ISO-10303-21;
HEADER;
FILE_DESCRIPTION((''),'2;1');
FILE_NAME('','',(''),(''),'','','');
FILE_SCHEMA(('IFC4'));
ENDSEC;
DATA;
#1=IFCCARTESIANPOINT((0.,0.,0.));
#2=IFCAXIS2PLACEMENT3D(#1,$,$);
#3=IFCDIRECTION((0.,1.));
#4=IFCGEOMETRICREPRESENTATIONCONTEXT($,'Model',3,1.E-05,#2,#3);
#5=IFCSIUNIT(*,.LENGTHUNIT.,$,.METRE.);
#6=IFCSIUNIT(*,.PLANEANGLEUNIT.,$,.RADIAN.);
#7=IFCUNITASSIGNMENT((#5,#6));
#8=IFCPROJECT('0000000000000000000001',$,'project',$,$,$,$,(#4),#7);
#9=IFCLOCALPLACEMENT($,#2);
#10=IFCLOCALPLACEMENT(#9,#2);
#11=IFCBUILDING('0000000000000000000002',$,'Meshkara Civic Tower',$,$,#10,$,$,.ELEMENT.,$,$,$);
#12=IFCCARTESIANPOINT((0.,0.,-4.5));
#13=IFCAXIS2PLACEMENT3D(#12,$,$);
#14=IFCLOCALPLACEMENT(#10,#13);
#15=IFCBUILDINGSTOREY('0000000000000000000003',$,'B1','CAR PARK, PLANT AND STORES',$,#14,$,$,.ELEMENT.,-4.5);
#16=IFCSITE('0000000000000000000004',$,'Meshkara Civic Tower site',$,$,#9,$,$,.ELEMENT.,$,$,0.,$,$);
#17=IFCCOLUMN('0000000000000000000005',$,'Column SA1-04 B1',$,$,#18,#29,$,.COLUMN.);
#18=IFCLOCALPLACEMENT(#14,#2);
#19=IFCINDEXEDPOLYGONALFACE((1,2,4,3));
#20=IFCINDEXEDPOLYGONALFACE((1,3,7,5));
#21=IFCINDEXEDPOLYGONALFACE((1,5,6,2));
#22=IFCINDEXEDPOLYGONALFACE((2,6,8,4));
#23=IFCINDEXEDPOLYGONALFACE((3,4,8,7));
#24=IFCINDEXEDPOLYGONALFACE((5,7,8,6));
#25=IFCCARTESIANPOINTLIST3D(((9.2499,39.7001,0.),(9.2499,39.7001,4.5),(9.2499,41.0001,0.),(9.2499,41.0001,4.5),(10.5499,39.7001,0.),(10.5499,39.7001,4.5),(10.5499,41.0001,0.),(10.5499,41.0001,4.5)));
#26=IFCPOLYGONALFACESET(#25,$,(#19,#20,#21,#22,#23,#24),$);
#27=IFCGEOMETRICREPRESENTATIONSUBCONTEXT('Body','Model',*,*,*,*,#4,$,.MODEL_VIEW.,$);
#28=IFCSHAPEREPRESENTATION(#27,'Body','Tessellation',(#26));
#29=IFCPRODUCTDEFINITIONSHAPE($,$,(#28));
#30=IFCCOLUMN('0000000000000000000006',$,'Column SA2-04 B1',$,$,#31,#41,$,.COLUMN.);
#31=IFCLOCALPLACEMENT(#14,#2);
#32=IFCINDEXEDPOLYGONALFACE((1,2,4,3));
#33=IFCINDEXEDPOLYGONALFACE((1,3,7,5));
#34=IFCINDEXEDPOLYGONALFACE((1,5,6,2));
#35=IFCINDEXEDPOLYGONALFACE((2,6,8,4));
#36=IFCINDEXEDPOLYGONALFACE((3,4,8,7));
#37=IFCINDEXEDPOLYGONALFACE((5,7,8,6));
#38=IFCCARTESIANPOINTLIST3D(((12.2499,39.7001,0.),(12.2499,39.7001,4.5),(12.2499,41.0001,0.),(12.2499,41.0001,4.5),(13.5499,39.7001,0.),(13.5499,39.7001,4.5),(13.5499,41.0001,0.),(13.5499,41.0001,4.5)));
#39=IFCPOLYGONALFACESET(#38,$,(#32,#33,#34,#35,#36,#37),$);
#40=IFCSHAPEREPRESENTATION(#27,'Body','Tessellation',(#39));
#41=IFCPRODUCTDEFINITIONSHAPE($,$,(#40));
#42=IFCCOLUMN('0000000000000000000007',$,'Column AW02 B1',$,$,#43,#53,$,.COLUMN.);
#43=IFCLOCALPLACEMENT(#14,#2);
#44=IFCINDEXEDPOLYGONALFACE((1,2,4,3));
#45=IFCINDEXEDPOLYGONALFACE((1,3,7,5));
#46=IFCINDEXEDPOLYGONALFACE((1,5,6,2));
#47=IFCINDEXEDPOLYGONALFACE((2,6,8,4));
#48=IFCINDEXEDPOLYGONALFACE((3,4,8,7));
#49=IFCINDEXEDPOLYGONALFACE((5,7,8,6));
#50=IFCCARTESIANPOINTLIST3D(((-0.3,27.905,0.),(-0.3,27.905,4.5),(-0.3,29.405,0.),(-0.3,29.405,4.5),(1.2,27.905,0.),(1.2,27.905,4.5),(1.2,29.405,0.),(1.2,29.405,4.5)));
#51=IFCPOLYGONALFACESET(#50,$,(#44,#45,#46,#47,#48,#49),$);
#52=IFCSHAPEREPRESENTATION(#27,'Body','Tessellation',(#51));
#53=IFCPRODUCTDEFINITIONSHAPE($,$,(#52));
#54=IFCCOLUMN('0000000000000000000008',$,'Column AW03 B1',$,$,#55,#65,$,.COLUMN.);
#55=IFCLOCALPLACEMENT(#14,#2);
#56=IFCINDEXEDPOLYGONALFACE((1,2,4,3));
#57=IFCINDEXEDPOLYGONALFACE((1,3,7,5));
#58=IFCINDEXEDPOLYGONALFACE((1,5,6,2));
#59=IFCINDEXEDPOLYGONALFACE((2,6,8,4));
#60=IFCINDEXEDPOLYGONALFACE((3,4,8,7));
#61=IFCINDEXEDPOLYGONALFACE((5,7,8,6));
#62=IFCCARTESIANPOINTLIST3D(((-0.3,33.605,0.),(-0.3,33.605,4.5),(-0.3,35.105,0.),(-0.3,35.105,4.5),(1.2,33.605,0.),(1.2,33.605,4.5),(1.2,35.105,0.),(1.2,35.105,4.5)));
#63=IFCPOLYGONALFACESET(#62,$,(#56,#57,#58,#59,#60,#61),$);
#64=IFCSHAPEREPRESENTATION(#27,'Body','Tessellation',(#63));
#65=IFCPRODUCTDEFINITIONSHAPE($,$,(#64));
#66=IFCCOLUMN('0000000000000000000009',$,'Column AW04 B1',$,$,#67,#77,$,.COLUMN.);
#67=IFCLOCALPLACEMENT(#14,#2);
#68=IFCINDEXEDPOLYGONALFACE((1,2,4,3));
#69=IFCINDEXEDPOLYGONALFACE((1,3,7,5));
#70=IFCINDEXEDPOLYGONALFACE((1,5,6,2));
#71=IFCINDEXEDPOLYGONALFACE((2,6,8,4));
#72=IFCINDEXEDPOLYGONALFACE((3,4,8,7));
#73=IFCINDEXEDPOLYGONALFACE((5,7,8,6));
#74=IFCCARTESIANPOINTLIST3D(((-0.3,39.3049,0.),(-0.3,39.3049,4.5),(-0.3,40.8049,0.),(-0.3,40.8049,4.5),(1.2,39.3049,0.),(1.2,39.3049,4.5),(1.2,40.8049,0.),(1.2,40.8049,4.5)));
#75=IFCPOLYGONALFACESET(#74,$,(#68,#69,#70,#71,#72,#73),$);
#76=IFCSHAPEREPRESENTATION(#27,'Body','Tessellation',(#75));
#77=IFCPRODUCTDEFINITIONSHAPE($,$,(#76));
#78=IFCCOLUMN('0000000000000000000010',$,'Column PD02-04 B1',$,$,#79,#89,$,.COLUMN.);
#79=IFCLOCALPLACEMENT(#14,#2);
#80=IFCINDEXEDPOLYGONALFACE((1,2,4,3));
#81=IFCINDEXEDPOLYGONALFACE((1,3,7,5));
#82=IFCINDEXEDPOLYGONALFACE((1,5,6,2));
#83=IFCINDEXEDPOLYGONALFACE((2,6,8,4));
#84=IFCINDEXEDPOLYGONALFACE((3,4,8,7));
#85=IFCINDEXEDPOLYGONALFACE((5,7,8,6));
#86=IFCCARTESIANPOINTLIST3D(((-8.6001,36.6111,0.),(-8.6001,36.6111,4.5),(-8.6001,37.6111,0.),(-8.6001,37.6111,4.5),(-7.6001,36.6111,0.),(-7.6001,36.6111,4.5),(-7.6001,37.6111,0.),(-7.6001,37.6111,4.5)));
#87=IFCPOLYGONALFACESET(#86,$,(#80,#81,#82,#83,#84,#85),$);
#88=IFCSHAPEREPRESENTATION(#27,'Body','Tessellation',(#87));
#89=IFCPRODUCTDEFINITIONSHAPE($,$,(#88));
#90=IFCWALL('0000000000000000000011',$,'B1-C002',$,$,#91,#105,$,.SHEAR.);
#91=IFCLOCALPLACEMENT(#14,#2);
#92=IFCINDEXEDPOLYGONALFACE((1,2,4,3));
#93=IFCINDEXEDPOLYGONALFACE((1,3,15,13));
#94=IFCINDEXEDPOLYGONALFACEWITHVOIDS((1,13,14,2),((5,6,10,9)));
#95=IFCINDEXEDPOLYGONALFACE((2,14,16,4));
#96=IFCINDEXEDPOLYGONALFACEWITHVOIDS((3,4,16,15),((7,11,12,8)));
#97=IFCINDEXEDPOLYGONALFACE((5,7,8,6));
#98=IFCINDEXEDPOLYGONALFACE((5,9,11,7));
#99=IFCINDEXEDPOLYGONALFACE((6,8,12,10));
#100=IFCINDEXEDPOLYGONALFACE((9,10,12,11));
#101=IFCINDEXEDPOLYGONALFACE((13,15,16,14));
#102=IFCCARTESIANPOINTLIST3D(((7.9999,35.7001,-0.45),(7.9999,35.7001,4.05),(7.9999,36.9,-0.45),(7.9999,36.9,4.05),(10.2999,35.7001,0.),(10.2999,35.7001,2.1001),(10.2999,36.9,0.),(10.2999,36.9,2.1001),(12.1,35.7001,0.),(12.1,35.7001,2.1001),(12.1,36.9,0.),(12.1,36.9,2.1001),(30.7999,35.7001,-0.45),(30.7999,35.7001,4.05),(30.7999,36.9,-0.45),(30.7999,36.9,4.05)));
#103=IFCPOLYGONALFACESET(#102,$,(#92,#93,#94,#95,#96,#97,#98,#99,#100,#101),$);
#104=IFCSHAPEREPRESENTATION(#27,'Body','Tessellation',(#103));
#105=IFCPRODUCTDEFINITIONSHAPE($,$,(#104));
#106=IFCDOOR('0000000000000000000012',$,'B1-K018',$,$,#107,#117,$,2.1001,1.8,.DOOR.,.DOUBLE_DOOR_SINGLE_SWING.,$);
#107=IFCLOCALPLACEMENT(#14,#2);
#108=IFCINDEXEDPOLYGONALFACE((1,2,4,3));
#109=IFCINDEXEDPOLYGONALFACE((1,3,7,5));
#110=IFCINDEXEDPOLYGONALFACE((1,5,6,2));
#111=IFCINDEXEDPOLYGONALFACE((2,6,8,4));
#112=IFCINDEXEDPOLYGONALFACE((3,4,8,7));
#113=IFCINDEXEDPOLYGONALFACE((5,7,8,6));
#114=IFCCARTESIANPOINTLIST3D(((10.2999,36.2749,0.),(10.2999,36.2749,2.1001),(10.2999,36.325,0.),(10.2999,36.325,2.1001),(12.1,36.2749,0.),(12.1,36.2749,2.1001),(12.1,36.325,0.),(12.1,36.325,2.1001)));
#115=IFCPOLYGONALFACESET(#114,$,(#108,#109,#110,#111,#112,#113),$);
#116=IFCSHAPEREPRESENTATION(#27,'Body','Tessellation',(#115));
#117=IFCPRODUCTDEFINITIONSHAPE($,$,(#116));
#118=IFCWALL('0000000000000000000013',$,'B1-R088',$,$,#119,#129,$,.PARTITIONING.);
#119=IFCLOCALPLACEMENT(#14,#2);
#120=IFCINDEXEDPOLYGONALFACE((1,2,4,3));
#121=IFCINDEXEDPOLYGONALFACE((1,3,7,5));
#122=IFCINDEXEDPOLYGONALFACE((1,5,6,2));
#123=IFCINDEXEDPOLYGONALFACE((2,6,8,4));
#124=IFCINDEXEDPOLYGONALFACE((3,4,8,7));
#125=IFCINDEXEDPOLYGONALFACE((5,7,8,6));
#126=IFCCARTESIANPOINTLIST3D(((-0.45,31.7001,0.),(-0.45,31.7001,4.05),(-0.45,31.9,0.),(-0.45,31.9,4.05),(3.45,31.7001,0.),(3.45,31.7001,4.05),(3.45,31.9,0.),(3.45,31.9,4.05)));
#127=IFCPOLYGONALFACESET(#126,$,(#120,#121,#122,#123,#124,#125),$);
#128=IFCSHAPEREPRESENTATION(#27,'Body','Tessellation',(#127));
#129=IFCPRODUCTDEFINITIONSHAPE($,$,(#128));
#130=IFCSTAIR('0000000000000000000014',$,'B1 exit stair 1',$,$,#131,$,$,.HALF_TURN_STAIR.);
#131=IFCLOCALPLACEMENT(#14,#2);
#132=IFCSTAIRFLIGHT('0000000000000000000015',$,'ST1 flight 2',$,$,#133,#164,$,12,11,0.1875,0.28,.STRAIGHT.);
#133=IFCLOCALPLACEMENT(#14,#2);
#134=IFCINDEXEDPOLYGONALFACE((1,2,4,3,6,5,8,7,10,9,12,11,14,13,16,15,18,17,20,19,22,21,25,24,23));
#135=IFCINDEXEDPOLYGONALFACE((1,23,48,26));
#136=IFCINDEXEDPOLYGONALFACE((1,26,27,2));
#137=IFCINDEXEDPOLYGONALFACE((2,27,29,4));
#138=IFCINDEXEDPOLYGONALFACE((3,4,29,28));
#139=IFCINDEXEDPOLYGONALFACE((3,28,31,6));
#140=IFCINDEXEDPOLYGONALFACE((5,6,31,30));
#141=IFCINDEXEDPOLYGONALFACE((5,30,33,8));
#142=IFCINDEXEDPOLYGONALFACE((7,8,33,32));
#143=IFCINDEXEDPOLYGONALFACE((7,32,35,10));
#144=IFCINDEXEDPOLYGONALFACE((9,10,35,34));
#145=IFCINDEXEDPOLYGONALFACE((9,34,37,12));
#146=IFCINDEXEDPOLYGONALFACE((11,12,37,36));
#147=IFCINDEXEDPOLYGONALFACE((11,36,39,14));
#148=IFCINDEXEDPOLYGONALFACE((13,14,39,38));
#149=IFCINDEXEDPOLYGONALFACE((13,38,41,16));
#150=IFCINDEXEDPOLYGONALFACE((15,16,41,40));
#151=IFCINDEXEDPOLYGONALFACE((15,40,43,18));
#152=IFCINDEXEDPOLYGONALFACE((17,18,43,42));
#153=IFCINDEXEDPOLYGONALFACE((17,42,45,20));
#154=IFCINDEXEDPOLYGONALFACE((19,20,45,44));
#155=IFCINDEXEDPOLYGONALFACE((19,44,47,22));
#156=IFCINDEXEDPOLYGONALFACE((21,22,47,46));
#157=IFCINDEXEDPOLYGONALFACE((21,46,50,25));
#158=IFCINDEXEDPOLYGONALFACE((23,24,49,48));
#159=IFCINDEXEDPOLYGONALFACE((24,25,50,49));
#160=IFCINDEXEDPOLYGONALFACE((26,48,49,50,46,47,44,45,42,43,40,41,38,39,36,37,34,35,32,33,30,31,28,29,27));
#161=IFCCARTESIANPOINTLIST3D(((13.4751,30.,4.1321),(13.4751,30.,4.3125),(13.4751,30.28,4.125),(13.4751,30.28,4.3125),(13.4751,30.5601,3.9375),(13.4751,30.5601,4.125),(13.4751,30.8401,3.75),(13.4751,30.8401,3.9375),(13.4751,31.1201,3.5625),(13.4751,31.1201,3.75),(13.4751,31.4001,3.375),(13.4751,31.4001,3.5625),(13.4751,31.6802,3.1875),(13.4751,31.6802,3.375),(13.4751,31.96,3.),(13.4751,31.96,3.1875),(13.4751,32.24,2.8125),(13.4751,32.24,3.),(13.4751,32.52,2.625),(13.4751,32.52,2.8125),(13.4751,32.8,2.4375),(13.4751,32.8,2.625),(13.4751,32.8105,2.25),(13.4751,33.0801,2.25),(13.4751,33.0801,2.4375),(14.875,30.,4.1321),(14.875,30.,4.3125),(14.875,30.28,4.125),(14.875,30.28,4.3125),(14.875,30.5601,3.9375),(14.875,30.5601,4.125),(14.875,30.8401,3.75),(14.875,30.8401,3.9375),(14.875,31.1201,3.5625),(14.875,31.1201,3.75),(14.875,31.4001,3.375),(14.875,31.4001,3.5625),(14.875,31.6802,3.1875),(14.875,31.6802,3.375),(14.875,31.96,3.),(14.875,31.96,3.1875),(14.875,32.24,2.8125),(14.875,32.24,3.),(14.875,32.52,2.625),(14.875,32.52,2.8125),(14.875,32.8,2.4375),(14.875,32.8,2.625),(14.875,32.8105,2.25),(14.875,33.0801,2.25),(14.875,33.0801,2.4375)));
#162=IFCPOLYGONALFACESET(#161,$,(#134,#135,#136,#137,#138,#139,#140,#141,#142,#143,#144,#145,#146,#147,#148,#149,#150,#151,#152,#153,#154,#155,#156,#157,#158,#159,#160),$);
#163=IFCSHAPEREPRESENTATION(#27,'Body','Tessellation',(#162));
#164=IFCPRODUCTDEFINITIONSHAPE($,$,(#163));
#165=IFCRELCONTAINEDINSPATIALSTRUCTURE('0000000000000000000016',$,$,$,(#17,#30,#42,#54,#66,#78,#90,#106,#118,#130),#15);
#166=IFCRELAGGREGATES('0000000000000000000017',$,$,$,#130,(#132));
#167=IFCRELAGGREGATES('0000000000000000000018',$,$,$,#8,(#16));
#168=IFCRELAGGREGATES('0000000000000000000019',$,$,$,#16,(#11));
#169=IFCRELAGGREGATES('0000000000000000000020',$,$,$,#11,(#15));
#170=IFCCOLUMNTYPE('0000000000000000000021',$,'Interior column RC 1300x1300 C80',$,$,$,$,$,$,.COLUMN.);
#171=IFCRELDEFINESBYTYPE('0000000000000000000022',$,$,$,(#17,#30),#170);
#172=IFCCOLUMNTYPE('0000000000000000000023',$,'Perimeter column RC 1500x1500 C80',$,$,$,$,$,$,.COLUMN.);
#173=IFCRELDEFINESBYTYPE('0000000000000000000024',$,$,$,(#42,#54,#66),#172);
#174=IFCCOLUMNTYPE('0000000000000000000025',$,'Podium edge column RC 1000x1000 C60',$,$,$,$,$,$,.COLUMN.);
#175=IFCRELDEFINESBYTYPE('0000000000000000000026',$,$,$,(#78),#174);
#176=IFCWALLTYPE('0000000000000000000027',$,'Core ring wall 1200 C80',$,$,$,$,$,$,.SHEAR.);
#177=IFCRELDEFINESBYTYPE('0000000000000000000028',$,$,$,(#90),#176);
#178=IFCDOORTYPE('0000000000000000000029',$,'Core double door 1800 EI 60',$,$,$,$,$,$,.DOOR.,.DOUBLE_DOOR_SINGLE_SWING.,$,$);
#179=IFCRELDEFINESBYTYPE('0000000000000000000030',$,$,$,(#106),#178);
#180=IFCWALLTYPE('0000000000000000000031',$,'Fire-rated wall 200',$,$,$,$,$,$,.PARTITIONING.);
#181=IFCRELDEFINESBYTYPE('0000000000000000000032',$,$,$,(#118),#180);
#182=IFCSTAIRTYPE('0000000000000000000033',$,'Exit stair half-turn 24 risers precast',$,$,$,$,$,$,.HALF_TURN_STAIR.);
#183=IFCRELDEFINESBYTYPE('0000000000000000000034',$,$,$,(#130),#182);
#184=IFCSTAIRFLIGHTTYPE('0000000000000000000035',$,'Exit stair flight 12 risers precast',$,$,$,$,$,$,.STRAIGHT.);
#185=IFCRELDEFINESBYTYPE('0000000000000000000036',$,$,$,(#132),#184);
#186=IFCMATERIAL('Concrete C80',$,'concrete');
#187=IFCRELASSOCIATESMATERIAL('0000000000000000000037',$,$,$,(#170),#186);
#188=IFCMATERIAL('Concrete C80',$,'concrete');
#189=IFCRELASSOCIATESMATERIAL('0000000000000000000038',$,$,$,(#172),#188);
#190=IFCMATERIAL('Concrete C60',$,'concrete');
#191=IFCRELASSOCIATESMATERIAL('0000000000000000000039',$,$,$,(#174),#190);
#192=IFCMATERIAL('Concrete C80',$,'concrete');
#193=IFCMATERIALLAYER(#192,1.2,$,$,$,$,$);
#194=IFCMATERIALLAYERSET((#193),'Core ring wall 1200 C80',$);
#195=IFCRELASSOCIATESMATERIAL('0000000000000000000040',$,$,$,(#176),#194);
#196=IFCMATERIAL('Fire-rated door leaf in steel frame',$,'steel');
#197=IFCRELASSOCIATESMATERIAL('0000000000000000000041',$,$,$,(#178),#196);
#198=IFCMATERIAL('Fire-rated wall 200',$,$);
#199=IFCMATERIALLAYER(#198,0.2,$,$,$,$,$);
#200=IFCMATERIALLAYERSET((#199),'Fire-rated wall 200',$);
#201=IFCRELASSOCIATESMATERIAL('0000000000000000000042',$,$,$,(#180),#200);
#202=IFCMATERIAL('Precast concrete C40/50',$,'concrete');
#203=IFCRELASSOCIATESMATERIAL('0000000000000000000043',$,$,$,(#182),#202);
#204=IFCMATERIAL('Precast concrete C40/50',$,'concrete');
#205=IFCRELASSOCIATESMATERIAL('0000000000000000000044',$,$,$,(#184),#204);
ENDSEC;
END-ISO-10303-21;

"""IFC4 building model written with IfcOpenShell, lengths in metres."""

from ifc_helpers import new_model, si_unit, direction, frame, frame_2d, origin, origin_2d, place, context, subcontext, project, spatial, polyline, rectangle, outline, extrude, material, layer, layer_set, material_profile, profile_set, type_object, element, fill, aggregate, save


model = new_model("IFC4")

# Units and contexts
model_context = context("Model", 3, precision=1e-05, world=origin(), true_north=direction((0.0, 1.0)))
body_context = subcontext(model_context, "Body", "Model", "MODEL_VIEW")
ifc_project = project(units=[si_unit("LENGTHUNIT", "METRE"), si_unit("PLANEANGLEUNIT", "RADIAN")], contexts=[model_context])

# Site, building, storey
site_placement = place(None, origin())
site = spatial("IfcSite", under=ifc_project, at=site_placement, Name="Meshkara Civic Tower site", CompositionType="ELEMENT", RefElevation=0.0)
building_placement = place(site_placement, origin())
building = spatial("IfcBuilding", under=site, at=building_placement, Name="Meshkara Civic Tower", CompositionType="ELEMENT")
storey_placement = place(building_placement, frame((0.0, 0.0, -4.5)))
storey = spatial("IfcBuildingStorey", under=building, at=storey_placement, Name="B1", Description="CAR PARK, PLANT AND STORES", CompositionType="ELEMENT", Elevation=-4.5)

# Columns
ifc_material_1 = material(Name="Concrete C80", Category="concrete")
ifc_material_profile_1 = material_profile(ifc_material_1, rectangle(XDim=1.3, YDim=1.3, at=origin_2d()))
ifc_profile_set_1 = profile_set([ifc_material_profile_1], Name="Concrete C80")
column_type_1 = type_object("IfcColumnType", Name="Interior column RC 1300x1300 C80", PredefinedType="COLUMN", material=ifc_profile_set_1)
for number, where, z_axis, x_axis, name in (
    (1, (9.8999, 40.3501, 0.0), (0.0, 0.0, 1.0), (1.0, 0.0, 0.0), "Column SA1-04 B1"),
    (2, (12.8999, 40.3501, 0.0), (0.0, 0.0, 1.0), (1.0, 0.0, 0.0), "Column SA2-04 B1"),
):
    element("IfcColumn", number, at=place(storey_placement, frame(where, z_axis=z_axis, x_axis=x_axis)), inside=storey, type_object=column_type_1, Name=name, PredefinedType="COLUMN", context=body_context, shape_type="SweptSolid", body=[
        extrude(rectangle(XDim=1.3, YDim=1.3, at=origin_2d()), origin(), (0.0, 0.0, 1.0), 4.5),
    ])
ifc_material_2 = material(Name="Concrete C80", Category="concrete")
ifc_material_profile_2 = material_profile(ifc_material_2, rectangle(XDim=1.5, YDim=1.5, at=origin_2d()))
ifc_profile_set_2 = profile_set([ifc_material_profile_2], Name="Concrete C80")
column_type_2 = type_object("IfcColumnType", Name="Perimeter column RC 1500x1500 C80", PredefinedType="COLUMN", material=ifc_profile_set_2)
for number, where, z_axis, x_axis, name in (
    (3, (0.45, 28.655, 0.0), (0.0, 0.0, 1.0), (1.0, 0.0, 0.0), "Column AW02 B1"),
    (4, (0.45, 34.355, 0.0), (0.0, 0.0, 1.0), (1.0, 0.0, 0.0), "Column AW03 B1"),
    (5, (0.45, 40.0549, 0.0), (0.0, 0.0, 1.0), (1.0, 0.0, 0.0), "Column AW04 B1"),
):
    element("IfcColumn", number, at=place(storey_placement, frame(where, z_axis=z_axis, x_axis=x_axis)), inside=storey, type_object=column_type_2, Name=name, PredefinedType="COLUMN", context=body_context, shape_type="SweptSolid", body=[
        extrude(rectangle(XDim=1.5, YDim=1.5, at=origin_2d()), origin(), (0.0, 0.0, 1.0), 4.5),
    ])
ifc_material_3 = material(Name="Concrete C60", Category="concrete")
ifc_material_profile_3 = material_profile(ifc_material_3, rectangle(XDim=1.0, YDim=1.0, at=origin_2d()))
ifc_profile_set_3 = profile_set([ifc_material_profile_3], Name="Concrete C60")
column_type_3 = type_object("IfcColumnType", Name="Podium edge column RC 1000x1000 C60", PredefinedType="COLUMN", material=ifc_profile_set_3)
column_placement = place(storey_placement, frame((-8.1001, 37.1111, 0.0), z_axis=(0.0, 0.0, 1.0), x_axis=(1.0, 0.0, 0.0)))
element("IfcColumn", 6, at=column_placement, inside=storey, type_object=column_type_3, Name="Column PD02-04 B1", PredefinedType="COLUMN", context=body_context, shape_type="SweptSolid", body=[
    extrude(rectangle(XDim=1.0, YDim=1.0, at=origin_2d()), origin(), (0.0, 0.0, 1.0), 4.5),
])

# Wall, opening, door
ifc_material_4 = material(Name="Concrete C80", Category="concrete")
ifc_layer_1 = layer(ifc_material_4, 1.2)
ifc_layer_set_1 = layer_set([ifc_layer_1], Name="Core ring wall 1200 C80")
wall_type_1 = type_object("IfcWallType", Name="Core ring wall 1200 C80", PredefinedType="SHEAR", material=ifc_layer_set_1)
wall_1_placement = place(storey_placement, frame((8.0, 36.3, -0.45), z_axis=(0.0, 0.0, 1.0), x_axis=(1.0, 0.0, 0.0)))
wall_1 = element("IfcWall", 7, at=wall_1_placement, inside=storey, type_object=wall_type_1, Name="B1-C002", PredefinedType="SHEAR", context=body_context, shape_type="SweptSolid", body=[
    extrude(rectangle(XDim=22.8, YDim=1.2, at=frame_2d((11.3999, 0.0))), origin(), (0.0, 0.0, 1.0), 4.5),
])
opening_placement = place(wall_1_placement, frame((2.3, 0.0, 0.45)))
opening = element("IfcOpeningElement", 8, at=opening_placement, cuts=wall_1, PredefinedType="OPENING", context=body_context, shape_type="SweptSolid", body=[
    extrude(rectangle(XDim=1.8, YDim=2.1001, at=frame_2d((0.8999, 1.05))), frame((0.0, 0.6099, 0.0), z_axis=(0.0, -1.0, 0.0), x_axis=(1.0, 0.0, 0.0)), (0.0, 0.0, 1.0), 1.22),
])
ifc_material_5 = material(Name="Fire-rated door leaf in steel frame", Category="steel")
door_type = type_object("IfcDoorType", Name="Core double door 1800 EI 60", OperationType="DOUBLE_DOOR_SINGLE_SWING", PredefinedType="DOOR", material=ifc_material_5)
door_placement = place(opening_placement, origin())
door = element("IfcDoor", 9, at=door_placement, inside=storey, type_object=door_type, Name="B1-K018", OperationType="DOUBLE_DOOR_SINGLE_SWING", OverallHeight=2.1001, OverallWidth=1.8, PredefinedType="DOOR", context=body_context, shape_type="SweptSolid", body=[
    extrude(rectangle(XDim=1.8, YDim=2.1001, at=frame_2d((0.8999, 1.05))), frame((0.0, 0.0249, 0.0), z_axis=(0.0, -1.0, 0.0), x_axis=(1.0, 0.0, 0.0)), (0.0, 0.0, 1.0), 0.05),
])
fill(opening, door)

# Wall
ifc_material_6 = material(Name="Fire-rated wall 200")
ifc_layer_2 = layer(ifc_material_6, 0.2)
ifc_layer_set_2 = layer_set([ifc_layer_2], Name="Fire-rated wall 200")
wall_type_2 = type_object("IfcWallType", Name="Fire-rated wall 200", PredefinedType="PARTITIONING", material=ifc_layer_set_2)
wall_2_placement = place(storey_placement, frame((3.45, 31.8, 0.0), z_axis=(0.0, 0.0, 1.0), x_axis=(-1.0, 0.0, 0.0)))
element("IfcWall", 10, at=wall_2_placement, inside=storey, type_object=wall_type_2, Name="B1-R088", PredefinedType="PARTITIONING", context=body_context, shape_type="SweptSolid", body=[
    extrude(rectangle(XDim=3.8999, YDim=0.2, at=frame_2d((1.95, 0.0))), origin(), (0.0, 0.0, 1.0), 4.05),
])

# Stair, stair flight
ifc_material_7 = material(Name="Precast concrete C40/50", Category="concrete")
stair_type = type_object("IfcStairType", Name="Exit stair half-turn 24 risers precast", PredefinedType="HALF_TURN_STAIR", material=ifc_material_7)
stair_placement = place(storey_placement, origin())
stair = element("IfcStair", 11, at=stair_placement, inside=storey, type_object=stair_type, Name="B1 exit stair 1", PredefinedType="HALF_TURN_STAIR")
ifc_material_8 = material(Name="Precast concrete C40/50", Category="concrete")
stair_flight_type = type_object("IfcStairFlightType", Name="Exit stair flight 12 risers precast", PredefinedType="STRAIGHT", material=ifc_material_8)
stair_flight_placement = place(storey_placement, frame((14.175, 33.0801, 2.25), z_axis=(0.0, 0.0, 1.0), x_axis=(0.0, -1.0, 0.0)))
stair_flight = element("IfcStairFlight", 12, at=stair_flight_placement, type_object=stair_flight_type, Name="ST1 flight 2", NumberOfRisers=12, NumberOfTreads=11, PredefinedType="STRAIGHT", RiserHeight=0.1875, TreadLength=0.28, context=body_context, shape_type="SweptSolid", body=[
    extrude(outline(polyline([(0.0, 0.0), (0.0, 0.1875), (0.28, 0.1875), (0.28, 0.375), (0.5601, 0.375), (0.5601, 0.5625), (0.8401, 0.5625), (0.8401, 0.75), (1.1201, 0.75), (1.1201, 0.9375), (1.3999, 0.9375), (1.3999, 1.125), (1.6799, 1.125), (1.6799, 1.3125), (1.96, 1.3125), (1.96, 1.5), (2.24, 1.5), (2.24, 1.6875), (2.52, 1.6875), (2.52, 1.875), (2.8, 1.875), (2.8, 2.0625), (3.0801, 2.0625), (3.0801, 2.25), (3.0801, 1.8821), (0.2695, 0.0), (0.0, 0.0)])), frame((0.0, 0.7, 0.0), z_axis=(0.0, -1.0, 0.0), x_axis=(1.0, 0.0, 0.0)), (0.0, 0.0, 1.0), 1.3999),
])
aggregate(stair, [stair_flight])

save(model, "model.ifc")
